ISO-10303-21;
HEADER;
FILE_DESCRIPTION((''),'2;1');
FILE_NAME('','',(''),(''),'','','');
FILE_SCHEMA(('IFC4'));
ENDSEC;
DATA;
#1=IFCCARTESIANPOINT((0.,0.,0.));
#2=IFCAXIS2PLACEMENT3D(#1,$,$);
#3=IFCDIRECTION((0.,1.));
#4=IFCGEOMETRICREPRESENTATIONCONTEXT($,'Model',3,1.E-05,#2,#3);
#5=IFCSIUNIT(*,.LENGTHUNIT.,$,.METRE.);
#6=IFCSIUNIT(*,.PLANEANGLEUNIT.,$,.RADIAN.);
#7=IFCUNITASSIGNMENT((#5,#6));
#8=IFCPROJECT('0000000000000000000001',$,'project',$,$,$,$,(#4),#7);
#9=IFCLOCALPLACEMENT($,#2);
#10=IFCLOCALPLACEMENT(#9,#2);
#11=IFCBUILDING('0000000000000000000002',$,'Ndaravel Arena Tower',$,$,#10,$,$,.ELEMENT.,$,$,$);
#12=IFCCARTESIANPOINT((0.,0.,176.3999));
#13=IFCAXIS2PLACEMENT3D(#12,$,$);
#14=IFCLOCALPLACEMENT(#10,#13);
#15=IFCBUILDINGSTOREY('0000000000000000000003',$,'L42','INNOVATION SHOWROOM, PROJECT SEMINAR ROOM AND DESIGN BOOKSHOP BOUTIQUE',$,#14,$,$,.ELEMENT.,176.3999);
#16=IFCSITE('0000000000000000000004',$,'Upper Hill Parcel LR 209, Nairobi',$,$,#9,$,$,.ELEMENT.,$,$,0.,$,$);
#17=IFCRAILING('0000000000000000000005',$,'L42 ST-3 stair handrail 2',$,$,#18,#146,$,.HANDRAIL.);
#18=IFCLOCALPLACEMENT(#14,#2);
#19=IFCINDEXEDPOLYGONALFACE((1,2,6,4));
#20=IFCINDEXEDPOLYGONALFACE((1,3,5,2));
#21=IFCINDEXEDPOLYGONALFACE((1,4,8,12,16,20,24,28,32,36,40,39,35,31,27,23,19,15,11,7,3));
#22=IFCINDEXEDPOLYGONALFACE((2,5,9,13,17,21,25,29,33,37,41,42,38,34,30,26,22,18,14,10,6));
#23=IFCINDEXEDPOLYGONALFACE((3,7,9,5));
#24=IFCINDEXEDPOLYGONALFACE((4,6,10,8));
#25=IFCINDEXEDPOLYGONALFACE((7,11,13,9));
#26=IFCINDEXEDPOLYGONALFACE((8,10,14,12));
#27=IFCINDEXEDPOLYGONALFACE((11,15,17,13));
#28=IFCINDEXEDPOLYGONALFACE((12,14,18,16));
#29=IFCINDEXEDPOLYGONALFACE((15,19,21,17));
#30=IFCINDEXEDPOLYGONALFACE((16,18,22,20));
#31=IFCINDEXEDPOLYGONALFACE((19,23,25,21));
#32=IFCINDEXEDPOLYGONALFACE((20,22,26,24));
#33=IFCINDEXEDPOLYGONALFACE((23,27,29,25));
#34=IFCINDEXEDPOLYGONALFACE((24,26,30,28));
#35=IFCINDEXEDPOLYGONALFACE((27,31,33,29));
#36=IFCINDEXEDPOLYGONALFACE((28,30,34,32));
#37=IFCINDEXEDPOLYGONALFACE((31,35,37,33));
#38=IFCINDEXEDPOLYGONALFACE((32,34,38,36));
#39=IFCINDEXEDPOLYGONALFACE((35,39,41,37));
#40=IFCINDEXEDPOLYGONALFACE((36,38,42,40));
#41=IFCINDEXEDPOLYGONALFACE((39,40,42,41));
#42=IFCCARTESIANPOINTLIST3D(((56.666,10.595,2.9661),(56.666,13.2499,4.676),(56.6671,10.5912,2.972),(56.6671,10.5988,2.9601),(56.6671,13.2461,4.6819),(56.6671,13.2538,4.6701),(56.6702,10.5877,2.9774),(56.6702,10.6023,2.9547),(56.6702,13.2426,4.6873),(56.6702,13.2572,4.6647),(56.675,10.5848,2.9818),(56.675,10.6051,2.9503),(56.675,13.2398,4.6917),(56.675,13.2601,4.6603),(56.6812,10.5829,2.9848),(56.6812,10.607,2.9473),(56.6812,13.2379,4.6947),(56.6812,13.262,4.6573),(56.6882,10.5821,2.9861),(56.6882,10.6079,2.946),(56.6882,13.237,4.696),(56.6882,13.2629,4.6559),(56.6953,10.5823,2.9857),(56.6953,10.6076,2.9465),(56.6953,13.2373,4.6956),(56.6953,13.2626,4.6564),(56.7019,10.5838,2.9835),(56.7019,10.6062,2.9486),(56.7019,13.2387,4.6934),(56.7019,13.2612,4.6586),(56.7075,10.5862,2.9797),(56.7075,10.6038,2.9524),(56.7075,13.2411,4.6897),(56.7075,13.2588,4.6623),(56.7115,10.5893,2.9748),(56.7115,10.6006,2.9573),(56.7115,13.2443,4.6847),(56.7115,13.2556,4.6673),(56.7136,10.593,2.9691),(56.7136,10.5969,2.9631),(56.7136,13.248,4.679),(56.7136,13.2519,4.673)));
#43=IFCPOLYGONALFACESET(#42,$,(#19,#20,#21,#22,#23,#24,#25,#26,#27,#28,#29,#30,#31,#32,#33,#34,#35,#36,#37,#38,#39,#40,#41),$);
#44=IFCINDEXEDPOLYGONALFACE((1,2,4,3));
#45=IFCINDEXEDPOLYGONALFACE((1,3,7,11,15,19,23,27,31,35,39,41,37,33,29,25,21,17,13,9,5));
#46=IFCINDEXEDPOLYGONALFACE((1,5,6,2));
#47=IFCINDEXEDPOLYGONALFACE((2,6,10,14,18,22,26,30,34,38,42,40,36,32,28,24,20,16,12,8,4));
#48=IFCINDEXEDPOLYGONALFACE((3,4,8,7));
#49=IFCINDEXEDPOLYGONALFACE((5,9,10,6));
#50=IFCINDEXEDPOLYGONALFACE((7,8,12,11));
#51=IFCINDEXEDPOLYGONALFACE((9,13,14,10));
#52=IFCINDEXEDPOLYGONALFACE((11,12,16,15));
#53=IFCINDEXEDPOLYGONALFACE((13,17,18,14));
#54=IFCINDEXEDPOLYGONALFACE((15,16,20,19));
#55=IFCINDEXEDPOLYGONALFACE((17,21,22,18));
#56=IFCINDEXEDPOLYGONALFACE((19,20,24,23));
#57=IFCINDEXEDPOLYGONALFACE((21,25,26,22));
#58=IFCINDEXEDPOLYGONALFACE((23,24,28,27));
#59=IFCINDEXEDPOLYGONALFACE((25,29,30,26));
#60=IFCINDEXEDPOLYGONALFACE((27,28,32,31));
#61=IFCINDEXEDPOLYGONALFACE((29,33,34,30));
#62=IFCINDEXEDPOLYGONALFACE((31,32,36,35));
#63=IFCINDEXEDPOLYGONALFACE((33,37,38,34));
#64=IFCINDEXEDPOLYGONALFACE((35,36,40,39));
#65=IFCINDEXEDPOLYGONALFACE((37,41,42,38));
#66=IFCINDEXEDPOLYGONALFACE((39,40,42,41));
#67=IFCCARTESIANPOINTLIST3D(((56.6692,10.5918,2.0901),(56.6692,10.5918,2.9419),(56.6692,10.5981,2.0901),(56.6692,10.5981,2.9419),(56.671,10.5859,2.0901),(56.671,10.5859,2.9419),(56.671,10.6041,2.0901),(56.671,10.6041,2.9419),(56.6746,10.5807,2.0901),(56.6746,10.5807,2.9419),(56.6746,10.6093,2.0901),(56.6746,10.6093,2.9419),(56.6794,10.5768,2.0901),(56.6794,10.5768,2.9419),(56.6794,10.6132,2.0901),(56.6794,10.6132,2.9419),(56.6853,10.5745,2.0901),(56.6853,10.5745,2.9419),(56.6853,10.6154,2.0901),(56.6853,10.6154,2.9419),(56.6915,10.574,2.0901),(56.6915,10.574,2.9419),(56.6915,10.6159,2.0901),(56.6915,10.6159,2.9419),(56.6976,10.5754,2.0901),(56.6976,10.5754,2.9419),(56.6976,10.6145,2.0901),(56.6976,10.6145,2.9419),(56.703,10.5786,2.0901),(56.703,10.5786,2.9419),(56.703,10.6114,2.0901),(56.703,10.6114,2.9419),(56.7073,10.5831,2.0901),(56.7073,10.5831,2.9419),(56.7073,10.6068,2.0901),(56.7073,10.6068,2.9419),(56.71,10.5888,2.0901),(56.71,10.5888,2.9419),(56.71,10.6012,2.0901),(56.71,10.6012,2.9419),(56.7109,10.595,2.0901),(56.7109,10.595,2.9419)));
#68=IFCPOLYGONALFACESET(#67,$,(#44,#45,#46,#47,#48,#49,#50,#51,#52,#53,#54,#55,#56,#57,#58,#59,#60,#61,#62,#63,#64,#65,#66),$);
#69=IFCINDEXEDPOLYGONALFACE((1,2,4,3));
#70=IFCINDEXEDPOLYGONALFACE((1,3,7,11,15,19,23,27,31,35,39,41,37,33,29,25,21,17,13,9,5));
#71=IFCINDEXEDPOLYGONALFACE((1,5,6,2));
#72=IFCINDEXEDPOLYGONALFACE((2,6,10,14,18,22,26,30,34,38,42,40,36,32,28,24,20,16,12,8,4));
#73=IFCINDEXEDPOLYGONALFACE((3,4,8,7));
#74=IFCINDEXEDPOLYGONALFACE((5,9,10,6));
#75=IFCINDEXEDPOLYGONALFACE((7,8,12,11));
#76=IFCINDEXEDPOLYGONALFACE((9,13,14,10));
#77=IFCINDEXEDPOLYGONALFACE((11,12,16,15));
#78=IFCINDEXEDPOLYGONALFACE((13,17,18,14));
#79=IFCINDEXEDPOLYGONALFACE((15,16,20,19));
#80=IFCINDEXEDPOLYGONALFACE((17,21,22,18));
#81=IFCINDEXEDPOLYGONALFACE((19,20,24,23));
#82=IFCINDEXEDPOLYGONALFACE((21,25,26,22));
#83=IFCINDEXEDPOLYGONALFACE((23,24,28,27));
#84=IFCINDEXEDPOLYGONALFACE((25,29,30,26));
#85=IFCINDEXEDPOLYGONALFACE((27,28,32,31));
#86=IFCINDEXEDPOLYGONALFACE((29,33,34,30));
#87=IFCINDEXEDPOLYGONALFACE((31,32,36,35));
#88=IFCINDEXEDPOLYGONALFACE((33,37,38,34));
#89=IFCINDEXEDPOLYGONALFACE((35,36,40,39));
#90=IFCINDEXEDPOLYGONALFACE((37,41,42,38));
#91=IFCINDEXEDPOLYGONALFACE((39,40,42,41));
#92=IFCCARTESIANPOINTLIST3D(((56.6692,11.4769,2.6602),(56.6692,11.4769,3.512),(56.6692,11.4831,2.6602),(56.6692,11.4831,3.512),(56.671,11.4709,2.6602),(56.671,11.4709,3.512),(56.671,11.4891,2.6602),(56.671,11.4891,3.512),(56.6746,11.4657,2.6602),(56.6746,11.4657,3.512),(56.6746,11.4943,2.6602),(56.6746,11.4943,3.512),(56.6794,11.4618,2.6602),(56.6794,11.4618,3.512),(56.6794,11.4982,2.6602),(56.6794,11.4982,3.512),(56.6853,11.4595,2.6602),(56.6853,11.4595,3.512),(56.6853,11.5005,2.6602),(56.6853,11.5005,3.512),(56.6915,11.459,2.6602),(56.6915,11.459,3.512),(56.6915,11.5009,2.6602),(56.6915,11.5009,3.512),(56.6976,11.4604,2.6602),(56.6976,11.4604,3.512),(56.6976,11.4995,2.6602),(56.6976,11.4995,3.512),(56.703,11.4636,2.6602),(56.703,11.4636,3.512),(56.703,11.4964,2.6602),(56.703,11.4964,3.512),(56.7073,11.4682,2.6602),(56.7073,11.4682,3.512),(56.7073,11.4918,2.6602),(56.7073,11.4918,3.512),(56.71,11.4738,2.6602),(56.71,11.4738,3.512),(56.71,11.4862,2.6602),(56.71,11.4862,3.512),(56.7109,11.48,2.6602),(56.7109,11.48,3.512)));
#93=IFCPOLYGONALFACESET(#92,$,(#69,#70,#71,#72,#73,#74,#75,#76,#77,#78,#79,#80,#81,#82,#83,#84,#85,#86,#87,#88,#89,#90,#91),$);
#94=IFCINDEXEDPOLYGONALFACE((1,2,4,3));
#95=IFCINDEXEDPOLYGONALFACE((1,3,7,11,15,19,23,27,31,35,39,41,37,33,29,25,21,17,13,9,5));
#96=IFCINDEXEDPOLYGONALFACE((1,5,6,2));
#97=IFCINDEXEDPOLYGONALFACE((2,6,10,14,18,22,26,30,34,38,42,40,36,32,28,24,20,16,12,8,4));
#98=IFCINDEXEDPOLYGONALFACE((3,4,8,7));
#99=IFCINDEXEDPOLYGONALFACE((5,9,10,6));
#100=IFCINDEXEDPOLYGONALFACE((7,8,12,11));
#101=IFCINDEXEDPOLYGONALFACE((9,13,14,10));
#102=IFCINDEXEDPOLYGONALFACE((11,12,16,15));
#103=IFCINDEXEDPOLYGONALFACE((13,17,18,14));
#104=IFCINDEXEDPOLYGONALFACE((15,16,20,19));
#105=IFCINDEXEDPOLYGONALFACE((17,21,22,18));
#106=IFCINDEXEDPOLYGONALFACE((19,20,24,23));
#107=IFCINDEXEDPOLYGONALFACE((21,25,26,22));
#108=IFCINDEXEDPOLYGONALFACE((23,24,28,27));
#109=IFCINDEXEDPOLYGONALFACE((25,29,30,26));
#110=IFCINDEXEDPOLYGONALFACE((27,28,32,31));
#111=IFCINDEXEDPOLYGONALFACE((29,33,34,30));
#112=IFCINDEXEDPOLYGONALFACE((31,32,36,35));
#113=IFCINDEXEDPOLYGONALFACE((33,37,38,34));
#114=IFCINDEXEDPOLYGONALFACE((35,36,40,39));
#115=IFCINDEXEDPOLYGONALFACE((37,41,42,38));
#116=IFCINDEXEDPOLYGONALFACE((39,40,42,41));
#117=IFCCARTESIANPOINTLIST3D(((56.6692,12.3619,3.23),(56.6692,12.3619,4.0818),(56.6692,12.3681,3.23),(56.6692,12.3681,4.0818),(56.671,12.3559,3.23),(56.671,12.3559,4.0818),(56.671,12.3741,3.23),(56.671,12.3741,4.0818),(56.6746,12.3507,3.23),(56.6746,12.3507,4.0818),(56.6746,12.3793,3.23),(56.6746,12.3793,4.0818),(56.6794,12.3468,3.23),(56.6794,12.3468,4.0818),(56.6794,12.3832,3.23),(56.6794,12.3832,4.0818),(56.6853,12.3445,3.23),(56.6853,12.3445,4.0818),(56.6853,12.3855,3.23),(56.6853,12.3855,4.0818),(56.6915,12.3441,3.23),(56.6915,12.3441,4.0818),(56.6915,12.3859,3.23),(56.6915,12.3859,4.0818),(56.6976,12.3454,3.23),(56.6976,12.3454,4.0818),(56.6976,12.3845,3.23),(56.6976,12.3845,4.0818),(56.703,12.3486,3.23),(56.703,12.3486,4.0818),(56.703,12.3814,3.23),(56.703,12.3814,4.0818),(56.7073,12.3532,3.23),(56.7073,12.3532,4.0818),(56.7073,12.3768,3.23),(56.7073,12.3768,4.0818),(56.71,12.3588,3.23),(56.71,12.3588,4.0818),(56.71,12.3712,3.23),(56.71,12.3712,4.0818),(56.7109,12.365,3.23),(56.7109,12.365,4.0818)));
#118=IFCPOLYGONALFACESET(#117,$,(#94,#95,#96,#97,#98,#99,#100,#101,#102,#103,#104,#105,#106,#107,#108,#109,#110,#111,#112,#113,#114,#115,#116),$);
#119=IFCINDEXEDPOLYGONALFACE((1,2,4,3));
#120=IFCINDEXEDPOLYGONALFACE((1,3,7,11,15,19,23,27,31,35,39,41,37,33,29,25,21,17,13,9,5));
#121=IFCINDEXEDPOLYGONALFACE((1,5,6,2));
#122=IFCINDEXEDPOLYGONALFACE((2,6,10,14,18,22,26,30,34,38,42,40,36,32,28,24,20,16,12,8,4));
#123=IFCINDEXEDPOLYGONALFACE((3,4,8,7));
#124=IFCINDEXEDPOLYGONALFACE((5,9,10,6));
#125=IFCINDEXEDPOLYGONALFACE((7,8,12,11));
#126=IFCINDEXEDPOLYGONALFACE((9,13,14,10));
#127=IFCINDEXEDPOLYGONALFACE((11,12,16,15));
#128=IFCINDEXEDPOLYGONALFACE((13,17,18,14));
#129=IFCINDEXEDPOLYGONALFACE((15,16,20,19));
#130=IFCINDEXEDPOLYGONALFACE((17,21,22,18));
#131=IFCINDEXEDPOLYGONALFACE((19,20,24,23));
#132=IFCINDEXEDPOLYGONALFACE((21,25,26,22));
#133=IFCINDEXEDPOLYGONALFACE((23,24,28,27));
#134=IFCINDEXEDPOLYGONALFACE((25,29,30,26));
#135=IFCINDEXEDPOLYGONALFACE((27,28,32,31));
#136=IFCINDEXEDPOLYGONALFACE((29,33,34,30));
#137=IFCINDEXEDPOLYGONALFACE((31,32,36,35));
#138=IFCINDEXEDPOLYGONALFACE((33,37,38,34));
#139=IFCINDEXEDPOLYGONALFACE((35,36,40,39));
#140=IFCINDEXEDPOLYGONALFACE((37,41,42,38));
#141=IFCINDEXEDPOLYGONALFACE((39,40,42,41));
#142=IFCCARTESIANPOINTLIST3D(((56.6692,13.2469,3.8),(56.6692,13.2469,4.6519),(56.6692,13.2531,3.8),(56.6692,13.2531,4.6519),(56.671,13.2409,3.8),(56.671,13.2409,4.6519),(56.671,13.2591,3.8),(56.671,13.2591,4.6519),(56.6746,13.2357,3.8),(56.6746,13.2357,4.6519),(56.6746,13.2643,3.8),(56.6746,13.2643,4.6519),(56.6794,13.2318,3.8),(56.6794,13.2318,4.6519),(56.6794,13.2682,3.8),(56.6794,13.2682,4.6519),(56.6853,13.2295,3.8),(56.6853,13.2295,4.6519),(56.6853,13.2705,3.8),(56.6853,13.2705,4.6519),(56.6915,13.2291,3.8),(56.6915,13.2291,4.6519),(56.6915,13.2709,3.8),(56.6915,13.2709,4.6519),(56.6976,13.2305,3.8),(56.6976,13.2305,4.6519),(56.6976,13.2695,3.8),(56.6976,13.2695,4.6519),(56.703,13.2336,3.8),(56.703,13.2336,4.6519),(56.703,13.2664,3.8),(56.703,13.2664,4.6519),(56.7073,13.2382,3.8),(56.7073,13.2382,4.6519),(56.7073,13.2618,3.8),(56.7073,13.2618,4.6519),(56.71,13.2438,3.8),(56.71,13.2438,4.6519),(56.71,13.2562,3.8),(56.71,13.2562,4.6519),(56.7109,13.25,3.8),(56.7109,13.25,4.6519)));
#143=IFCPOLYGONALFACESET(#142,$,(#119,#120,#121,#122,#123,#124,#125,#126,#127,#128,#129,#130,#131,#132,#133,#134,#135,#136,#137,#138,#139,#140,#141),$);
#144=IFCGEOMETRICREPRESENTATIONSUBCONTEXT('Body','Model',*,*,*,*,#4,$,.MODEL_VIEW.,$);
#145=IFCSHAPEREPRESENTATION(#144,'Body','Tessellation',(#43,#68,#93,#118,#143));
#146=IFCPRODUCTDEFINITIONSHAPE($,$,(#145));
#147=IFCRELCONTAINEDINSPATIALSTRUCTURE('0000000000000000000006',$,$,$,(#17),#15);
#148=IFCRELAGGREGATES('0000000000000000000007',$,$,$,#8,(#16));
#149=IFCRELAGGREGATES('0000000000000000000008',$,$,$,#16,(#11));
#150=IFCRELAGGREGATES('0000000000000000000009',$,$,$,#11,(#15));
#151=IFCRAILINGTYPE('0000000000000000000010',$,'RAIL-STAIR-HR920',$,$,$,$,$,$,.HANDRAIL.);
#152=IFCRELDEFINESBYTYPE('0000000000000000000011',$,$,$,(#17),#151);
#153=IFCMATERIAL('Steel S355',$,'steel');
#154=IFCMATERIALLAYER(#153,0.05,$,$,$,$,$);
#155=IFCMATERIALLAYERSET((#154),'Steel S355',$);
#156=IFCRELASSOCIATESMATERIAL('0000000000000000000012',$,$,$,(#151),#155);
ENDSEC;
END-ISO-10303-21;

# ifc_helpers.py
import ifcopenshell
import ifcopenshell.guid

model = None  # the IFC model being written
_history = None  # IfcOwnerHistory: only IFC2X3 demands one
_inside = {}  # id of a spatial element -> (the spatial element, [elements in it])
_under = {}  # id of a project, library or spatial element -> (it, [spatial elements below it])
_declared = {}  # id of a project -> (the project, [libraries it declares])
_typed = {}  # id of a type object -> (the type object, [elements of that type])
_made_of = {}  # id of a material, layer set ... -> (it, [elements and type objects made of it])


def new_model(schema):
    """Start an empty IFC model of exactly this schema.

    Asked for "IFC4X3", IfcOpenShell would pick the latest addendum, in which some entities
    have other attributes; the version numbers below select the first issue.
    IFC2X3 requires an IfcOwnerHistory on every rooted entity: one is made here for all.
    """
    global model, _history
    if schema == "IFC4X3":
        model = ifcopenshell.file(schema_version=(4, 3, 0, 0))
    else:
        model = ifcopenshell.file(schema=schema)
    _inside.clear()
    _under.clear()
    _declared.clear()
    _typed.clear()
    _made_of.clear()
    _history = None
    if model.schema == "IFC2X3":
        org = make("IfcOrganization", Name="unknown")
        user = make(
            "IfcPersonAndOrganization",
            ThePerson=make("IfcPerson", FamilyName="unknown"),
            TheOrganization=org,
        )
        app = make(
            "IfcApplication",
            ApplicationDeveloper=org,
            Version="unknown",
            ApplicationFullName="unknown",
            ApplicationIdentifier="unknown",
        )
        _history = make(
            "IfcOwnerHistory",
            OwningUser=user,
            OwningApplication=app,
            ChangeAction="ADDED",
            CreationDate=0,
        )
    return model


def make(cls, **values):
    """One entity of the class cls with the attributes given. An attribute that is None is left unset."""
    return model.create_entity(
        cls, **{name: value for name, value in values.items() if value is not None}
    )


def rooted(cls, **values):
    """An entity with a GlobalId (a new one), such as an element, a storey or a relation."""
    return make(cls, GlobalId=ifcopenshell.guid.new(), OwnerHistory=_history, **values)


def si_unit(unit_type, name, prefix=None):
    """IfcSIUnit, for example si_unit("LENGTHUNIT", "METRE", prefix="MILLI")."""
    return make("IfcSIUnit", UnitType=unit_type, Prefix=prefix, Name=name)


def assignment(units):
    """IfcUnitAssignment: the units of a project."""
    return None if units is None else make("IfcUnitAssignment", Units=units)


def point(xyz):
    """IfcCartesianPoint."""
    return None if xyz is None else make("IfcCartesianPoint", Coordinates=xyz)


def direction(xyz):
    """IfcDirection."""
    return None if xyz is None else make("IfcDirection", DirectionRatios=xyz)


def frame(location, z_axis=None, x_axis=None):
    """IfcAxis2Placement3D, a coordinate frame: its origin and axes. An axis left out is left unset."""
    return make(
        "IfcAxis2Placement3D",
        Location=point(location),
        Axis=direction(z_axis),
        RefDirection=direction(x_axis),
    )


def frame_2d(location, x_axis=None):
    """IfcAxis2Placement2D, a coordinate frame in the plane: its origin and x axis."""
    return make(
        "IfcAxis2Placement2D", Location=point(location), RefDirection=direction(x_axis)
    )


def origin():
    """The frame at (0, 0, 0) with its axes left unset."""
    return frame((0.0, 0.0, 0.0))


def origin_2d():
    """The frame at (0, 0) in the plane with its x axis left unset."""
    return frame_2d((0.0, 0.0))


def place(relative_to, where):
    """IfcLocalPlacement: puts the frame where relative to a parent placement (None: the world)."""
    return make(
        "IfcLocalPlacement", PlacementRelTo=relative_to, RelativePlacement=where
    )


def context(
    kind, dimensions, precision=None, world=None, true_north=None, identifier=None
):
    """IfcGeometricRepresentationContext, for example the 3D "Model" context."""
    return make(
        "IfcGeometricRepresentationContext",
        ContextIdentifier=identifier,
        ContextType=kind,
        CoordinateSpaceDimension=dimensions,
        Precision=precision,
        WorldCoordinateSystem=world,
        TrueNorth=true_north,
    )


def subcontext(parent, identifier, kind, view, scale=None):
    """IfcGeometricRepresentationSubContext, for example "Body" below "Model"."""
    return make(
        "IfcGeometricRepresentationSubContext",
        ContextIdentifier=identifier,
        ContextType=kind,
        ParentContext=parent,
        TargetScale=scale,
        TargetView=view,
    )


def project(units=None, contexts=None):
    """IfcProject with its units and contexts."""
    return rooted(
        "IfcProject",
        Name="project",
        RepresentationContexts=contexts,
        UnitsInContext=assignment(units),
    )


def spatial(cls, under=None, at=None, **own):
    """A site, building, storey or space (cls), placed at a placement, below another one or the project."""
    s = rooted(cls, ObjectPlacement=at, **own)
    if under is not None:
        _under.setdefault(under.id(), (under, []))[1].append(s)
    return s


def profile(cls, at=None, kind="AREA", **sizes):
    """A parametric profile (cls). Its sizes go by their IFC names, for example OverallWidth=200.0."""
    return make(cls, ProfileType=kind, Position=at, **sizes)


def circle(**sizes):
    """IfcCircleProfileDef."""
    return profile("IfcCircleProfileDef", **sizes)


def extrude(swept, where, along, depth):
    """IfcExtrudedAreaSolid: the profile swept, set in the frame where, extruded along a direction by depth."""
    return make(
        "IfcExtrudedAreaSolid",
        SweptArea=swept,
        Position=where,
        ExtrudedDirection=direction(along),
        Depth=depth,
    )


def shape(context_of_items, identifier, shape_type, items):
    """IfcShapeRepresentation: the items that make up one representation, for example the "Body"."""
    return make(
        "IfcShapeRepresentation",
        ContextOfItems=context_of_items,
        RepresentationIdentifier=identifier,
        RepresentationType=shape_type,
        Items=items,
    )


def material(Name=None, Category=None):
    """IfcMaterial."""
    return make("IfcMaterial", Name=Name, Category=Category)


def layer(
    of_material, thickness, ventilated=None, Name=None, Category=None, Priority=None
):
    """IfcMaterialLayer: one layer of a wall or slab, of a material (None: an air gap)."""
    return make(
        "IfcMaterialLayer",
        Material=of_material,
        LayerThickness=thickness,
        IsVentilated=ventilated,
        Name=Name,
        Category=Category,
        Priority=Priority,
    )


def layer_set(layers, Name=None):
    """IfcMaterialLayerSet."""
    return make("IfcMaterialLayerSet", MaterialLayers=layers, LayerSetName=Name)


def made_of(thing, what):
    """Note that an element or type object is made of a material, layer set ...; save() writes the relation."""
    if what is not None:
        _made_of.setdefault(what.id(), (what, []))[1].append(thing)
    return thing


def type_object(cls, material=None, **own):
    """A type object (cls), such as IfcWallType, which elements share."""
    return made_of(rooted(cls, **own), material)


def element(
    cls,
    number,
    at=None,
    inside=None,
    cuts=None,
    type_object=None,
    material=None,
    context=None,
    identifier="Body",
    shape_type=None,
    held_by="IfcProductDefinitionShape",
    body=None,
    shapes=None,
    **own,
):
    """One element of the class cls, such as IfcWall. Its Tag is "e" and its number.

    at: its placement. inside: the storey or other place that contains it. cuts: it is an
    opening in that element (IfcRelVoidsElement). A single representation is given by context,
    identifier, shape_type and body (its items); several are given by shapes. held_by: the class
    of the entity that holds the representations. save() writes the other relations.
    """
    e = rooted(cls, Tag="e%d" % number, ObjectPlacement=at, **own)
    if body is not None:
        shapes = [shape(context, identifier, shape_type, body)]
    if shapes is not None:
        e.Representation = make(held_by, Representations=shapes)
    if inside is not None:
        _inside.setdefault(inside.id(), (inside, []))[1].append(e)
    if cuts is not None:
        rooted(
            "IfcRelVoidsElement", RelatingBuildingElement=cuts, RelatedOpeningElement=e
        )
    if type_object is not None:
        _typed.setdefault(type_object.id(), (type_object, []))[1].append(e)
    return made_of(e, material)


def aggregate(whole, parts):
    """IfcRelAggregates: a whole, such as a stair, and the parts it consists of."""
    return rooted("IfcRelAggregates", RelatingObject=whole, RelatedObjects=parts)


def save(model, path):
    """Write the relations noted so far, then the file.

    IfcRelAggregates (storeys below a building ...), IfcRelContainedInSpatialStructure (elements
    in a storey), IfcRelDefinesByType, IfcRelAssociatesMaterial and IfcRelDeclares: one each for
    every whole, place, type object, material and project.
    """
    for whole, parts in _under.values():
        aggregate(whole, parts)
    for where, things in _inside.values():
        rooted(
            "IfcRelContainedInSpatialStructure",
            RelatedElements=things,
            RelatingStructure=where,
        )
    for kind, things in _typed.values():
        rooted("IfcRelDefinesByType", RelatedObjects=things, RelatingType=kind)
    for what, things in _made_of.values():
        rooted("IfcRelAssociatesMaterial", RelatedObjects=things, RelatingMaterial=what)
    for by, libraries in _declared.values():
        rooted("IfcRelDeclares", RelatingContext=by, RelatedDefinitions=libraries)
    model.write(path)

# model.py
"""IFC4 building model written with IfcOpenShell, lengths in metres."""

from ifc_helpers import new_model, si_unit, direction, frame, origin, origin_2d, place, context, subcontext, project, spatial, circle, extrude, material, layer, layer_set, type_object, element, save


model = new_model("IFC4")

# Units and contexts
model_context = context("Model", 3, precision=1e-05, world=origin(), true_north=direction((0.0, 1.0)))
body_context = subcontext(model_context, "Body", "Model", "MODEL_VIEW")
ifc_project = project(units=[si_unit("LENGTHUNIT", "METRE"), si_unit("PLANEANGLEUNIT", "RADIAN")], contexts=[model_context])

# Site, building, storey
site_placement = place(None, origin())
site = spatial("IfcSite", under=ifc_project, at=site_placement, Name="Upper Hill Parcel LR 209, Nairobi", CompositionType="ELEMENT", RefElevation=0.0)
building_placement = place(site_placement, origin())
building = spatial("IfcBuilding", under=site, at=building_placement, Name="Ndaravel Arena Tower", CompositionType="ELEMENT")
storey_placement = place(building_placement, frame((0.0, 0.0, 176.3999)))
storey = spatial("IfcBuildingStorey", under=building, at=storey_placement, Name="L42", Description="INNOVATION SHOWROOM, PROJECT SEMINAR ROOM AND DESIGN BOOKSHOP BOUTIQUE", CompositionType="ELEMENT", Elevation=176.3999)

# Railing
ifc_material_1 = material(Name="Steel S355", Category="steel")
ifc_layer_1 = layer(ifc_material_1, 0.05)
ifc_layer_set_1 = layer_set([ifc_layer_1], Name="Steel S355")
railing_type_1 = type_object("IfcRailingType", Name="RAIL-STAIR-HR920", PredefinedType="HANDRAIL", material=ifc_layer_set_1)
railing_1_placement = place(storey_placement, frame((56.6899, 10.595, 2.0901)))
element("IfcRailing", 1, at=railing_1_placement, inside=storey, type_object=railing_type_1, Name="L42 ST-3 stair handrail 2", PredefinedType="HANDRAIL", context=body_context, shape_type="SweptSolid", body=[
    extrude(circle(Radius=0.0239, at=origin_2d()), frame((0.0, 0.0, 0.876), z_axis=(0.0, 0.840724, 0.541465), x_axis=(-1.0, 0.0, 0.0)), (0.0, 0.0, 1.0), 3.158),
    extrude(circle(Radius=0.021, at=origin_2d()), origin(), (0.0, 0.0, 1.0), 0.8518),
    extrude(circle(Radius=0.021, at=origin_2d()), frame((0.0, 0.885, 0.5701)), (0.0, 0.0, 1.0), 0.8518),
    extrude(circle(Radius=0.021, at=origin_2d()), frame((0.0, 1.77, 1.1399)), (0.0, 0.0, 1.0), 0.8518),
    extrude(circle(Radius=0.021, at=origin_2d()), frame((0.0, 2.655, 1.71)), (0.0, 0.0, 1.0), 0.8518),
])

save(model, "model.ifc")
